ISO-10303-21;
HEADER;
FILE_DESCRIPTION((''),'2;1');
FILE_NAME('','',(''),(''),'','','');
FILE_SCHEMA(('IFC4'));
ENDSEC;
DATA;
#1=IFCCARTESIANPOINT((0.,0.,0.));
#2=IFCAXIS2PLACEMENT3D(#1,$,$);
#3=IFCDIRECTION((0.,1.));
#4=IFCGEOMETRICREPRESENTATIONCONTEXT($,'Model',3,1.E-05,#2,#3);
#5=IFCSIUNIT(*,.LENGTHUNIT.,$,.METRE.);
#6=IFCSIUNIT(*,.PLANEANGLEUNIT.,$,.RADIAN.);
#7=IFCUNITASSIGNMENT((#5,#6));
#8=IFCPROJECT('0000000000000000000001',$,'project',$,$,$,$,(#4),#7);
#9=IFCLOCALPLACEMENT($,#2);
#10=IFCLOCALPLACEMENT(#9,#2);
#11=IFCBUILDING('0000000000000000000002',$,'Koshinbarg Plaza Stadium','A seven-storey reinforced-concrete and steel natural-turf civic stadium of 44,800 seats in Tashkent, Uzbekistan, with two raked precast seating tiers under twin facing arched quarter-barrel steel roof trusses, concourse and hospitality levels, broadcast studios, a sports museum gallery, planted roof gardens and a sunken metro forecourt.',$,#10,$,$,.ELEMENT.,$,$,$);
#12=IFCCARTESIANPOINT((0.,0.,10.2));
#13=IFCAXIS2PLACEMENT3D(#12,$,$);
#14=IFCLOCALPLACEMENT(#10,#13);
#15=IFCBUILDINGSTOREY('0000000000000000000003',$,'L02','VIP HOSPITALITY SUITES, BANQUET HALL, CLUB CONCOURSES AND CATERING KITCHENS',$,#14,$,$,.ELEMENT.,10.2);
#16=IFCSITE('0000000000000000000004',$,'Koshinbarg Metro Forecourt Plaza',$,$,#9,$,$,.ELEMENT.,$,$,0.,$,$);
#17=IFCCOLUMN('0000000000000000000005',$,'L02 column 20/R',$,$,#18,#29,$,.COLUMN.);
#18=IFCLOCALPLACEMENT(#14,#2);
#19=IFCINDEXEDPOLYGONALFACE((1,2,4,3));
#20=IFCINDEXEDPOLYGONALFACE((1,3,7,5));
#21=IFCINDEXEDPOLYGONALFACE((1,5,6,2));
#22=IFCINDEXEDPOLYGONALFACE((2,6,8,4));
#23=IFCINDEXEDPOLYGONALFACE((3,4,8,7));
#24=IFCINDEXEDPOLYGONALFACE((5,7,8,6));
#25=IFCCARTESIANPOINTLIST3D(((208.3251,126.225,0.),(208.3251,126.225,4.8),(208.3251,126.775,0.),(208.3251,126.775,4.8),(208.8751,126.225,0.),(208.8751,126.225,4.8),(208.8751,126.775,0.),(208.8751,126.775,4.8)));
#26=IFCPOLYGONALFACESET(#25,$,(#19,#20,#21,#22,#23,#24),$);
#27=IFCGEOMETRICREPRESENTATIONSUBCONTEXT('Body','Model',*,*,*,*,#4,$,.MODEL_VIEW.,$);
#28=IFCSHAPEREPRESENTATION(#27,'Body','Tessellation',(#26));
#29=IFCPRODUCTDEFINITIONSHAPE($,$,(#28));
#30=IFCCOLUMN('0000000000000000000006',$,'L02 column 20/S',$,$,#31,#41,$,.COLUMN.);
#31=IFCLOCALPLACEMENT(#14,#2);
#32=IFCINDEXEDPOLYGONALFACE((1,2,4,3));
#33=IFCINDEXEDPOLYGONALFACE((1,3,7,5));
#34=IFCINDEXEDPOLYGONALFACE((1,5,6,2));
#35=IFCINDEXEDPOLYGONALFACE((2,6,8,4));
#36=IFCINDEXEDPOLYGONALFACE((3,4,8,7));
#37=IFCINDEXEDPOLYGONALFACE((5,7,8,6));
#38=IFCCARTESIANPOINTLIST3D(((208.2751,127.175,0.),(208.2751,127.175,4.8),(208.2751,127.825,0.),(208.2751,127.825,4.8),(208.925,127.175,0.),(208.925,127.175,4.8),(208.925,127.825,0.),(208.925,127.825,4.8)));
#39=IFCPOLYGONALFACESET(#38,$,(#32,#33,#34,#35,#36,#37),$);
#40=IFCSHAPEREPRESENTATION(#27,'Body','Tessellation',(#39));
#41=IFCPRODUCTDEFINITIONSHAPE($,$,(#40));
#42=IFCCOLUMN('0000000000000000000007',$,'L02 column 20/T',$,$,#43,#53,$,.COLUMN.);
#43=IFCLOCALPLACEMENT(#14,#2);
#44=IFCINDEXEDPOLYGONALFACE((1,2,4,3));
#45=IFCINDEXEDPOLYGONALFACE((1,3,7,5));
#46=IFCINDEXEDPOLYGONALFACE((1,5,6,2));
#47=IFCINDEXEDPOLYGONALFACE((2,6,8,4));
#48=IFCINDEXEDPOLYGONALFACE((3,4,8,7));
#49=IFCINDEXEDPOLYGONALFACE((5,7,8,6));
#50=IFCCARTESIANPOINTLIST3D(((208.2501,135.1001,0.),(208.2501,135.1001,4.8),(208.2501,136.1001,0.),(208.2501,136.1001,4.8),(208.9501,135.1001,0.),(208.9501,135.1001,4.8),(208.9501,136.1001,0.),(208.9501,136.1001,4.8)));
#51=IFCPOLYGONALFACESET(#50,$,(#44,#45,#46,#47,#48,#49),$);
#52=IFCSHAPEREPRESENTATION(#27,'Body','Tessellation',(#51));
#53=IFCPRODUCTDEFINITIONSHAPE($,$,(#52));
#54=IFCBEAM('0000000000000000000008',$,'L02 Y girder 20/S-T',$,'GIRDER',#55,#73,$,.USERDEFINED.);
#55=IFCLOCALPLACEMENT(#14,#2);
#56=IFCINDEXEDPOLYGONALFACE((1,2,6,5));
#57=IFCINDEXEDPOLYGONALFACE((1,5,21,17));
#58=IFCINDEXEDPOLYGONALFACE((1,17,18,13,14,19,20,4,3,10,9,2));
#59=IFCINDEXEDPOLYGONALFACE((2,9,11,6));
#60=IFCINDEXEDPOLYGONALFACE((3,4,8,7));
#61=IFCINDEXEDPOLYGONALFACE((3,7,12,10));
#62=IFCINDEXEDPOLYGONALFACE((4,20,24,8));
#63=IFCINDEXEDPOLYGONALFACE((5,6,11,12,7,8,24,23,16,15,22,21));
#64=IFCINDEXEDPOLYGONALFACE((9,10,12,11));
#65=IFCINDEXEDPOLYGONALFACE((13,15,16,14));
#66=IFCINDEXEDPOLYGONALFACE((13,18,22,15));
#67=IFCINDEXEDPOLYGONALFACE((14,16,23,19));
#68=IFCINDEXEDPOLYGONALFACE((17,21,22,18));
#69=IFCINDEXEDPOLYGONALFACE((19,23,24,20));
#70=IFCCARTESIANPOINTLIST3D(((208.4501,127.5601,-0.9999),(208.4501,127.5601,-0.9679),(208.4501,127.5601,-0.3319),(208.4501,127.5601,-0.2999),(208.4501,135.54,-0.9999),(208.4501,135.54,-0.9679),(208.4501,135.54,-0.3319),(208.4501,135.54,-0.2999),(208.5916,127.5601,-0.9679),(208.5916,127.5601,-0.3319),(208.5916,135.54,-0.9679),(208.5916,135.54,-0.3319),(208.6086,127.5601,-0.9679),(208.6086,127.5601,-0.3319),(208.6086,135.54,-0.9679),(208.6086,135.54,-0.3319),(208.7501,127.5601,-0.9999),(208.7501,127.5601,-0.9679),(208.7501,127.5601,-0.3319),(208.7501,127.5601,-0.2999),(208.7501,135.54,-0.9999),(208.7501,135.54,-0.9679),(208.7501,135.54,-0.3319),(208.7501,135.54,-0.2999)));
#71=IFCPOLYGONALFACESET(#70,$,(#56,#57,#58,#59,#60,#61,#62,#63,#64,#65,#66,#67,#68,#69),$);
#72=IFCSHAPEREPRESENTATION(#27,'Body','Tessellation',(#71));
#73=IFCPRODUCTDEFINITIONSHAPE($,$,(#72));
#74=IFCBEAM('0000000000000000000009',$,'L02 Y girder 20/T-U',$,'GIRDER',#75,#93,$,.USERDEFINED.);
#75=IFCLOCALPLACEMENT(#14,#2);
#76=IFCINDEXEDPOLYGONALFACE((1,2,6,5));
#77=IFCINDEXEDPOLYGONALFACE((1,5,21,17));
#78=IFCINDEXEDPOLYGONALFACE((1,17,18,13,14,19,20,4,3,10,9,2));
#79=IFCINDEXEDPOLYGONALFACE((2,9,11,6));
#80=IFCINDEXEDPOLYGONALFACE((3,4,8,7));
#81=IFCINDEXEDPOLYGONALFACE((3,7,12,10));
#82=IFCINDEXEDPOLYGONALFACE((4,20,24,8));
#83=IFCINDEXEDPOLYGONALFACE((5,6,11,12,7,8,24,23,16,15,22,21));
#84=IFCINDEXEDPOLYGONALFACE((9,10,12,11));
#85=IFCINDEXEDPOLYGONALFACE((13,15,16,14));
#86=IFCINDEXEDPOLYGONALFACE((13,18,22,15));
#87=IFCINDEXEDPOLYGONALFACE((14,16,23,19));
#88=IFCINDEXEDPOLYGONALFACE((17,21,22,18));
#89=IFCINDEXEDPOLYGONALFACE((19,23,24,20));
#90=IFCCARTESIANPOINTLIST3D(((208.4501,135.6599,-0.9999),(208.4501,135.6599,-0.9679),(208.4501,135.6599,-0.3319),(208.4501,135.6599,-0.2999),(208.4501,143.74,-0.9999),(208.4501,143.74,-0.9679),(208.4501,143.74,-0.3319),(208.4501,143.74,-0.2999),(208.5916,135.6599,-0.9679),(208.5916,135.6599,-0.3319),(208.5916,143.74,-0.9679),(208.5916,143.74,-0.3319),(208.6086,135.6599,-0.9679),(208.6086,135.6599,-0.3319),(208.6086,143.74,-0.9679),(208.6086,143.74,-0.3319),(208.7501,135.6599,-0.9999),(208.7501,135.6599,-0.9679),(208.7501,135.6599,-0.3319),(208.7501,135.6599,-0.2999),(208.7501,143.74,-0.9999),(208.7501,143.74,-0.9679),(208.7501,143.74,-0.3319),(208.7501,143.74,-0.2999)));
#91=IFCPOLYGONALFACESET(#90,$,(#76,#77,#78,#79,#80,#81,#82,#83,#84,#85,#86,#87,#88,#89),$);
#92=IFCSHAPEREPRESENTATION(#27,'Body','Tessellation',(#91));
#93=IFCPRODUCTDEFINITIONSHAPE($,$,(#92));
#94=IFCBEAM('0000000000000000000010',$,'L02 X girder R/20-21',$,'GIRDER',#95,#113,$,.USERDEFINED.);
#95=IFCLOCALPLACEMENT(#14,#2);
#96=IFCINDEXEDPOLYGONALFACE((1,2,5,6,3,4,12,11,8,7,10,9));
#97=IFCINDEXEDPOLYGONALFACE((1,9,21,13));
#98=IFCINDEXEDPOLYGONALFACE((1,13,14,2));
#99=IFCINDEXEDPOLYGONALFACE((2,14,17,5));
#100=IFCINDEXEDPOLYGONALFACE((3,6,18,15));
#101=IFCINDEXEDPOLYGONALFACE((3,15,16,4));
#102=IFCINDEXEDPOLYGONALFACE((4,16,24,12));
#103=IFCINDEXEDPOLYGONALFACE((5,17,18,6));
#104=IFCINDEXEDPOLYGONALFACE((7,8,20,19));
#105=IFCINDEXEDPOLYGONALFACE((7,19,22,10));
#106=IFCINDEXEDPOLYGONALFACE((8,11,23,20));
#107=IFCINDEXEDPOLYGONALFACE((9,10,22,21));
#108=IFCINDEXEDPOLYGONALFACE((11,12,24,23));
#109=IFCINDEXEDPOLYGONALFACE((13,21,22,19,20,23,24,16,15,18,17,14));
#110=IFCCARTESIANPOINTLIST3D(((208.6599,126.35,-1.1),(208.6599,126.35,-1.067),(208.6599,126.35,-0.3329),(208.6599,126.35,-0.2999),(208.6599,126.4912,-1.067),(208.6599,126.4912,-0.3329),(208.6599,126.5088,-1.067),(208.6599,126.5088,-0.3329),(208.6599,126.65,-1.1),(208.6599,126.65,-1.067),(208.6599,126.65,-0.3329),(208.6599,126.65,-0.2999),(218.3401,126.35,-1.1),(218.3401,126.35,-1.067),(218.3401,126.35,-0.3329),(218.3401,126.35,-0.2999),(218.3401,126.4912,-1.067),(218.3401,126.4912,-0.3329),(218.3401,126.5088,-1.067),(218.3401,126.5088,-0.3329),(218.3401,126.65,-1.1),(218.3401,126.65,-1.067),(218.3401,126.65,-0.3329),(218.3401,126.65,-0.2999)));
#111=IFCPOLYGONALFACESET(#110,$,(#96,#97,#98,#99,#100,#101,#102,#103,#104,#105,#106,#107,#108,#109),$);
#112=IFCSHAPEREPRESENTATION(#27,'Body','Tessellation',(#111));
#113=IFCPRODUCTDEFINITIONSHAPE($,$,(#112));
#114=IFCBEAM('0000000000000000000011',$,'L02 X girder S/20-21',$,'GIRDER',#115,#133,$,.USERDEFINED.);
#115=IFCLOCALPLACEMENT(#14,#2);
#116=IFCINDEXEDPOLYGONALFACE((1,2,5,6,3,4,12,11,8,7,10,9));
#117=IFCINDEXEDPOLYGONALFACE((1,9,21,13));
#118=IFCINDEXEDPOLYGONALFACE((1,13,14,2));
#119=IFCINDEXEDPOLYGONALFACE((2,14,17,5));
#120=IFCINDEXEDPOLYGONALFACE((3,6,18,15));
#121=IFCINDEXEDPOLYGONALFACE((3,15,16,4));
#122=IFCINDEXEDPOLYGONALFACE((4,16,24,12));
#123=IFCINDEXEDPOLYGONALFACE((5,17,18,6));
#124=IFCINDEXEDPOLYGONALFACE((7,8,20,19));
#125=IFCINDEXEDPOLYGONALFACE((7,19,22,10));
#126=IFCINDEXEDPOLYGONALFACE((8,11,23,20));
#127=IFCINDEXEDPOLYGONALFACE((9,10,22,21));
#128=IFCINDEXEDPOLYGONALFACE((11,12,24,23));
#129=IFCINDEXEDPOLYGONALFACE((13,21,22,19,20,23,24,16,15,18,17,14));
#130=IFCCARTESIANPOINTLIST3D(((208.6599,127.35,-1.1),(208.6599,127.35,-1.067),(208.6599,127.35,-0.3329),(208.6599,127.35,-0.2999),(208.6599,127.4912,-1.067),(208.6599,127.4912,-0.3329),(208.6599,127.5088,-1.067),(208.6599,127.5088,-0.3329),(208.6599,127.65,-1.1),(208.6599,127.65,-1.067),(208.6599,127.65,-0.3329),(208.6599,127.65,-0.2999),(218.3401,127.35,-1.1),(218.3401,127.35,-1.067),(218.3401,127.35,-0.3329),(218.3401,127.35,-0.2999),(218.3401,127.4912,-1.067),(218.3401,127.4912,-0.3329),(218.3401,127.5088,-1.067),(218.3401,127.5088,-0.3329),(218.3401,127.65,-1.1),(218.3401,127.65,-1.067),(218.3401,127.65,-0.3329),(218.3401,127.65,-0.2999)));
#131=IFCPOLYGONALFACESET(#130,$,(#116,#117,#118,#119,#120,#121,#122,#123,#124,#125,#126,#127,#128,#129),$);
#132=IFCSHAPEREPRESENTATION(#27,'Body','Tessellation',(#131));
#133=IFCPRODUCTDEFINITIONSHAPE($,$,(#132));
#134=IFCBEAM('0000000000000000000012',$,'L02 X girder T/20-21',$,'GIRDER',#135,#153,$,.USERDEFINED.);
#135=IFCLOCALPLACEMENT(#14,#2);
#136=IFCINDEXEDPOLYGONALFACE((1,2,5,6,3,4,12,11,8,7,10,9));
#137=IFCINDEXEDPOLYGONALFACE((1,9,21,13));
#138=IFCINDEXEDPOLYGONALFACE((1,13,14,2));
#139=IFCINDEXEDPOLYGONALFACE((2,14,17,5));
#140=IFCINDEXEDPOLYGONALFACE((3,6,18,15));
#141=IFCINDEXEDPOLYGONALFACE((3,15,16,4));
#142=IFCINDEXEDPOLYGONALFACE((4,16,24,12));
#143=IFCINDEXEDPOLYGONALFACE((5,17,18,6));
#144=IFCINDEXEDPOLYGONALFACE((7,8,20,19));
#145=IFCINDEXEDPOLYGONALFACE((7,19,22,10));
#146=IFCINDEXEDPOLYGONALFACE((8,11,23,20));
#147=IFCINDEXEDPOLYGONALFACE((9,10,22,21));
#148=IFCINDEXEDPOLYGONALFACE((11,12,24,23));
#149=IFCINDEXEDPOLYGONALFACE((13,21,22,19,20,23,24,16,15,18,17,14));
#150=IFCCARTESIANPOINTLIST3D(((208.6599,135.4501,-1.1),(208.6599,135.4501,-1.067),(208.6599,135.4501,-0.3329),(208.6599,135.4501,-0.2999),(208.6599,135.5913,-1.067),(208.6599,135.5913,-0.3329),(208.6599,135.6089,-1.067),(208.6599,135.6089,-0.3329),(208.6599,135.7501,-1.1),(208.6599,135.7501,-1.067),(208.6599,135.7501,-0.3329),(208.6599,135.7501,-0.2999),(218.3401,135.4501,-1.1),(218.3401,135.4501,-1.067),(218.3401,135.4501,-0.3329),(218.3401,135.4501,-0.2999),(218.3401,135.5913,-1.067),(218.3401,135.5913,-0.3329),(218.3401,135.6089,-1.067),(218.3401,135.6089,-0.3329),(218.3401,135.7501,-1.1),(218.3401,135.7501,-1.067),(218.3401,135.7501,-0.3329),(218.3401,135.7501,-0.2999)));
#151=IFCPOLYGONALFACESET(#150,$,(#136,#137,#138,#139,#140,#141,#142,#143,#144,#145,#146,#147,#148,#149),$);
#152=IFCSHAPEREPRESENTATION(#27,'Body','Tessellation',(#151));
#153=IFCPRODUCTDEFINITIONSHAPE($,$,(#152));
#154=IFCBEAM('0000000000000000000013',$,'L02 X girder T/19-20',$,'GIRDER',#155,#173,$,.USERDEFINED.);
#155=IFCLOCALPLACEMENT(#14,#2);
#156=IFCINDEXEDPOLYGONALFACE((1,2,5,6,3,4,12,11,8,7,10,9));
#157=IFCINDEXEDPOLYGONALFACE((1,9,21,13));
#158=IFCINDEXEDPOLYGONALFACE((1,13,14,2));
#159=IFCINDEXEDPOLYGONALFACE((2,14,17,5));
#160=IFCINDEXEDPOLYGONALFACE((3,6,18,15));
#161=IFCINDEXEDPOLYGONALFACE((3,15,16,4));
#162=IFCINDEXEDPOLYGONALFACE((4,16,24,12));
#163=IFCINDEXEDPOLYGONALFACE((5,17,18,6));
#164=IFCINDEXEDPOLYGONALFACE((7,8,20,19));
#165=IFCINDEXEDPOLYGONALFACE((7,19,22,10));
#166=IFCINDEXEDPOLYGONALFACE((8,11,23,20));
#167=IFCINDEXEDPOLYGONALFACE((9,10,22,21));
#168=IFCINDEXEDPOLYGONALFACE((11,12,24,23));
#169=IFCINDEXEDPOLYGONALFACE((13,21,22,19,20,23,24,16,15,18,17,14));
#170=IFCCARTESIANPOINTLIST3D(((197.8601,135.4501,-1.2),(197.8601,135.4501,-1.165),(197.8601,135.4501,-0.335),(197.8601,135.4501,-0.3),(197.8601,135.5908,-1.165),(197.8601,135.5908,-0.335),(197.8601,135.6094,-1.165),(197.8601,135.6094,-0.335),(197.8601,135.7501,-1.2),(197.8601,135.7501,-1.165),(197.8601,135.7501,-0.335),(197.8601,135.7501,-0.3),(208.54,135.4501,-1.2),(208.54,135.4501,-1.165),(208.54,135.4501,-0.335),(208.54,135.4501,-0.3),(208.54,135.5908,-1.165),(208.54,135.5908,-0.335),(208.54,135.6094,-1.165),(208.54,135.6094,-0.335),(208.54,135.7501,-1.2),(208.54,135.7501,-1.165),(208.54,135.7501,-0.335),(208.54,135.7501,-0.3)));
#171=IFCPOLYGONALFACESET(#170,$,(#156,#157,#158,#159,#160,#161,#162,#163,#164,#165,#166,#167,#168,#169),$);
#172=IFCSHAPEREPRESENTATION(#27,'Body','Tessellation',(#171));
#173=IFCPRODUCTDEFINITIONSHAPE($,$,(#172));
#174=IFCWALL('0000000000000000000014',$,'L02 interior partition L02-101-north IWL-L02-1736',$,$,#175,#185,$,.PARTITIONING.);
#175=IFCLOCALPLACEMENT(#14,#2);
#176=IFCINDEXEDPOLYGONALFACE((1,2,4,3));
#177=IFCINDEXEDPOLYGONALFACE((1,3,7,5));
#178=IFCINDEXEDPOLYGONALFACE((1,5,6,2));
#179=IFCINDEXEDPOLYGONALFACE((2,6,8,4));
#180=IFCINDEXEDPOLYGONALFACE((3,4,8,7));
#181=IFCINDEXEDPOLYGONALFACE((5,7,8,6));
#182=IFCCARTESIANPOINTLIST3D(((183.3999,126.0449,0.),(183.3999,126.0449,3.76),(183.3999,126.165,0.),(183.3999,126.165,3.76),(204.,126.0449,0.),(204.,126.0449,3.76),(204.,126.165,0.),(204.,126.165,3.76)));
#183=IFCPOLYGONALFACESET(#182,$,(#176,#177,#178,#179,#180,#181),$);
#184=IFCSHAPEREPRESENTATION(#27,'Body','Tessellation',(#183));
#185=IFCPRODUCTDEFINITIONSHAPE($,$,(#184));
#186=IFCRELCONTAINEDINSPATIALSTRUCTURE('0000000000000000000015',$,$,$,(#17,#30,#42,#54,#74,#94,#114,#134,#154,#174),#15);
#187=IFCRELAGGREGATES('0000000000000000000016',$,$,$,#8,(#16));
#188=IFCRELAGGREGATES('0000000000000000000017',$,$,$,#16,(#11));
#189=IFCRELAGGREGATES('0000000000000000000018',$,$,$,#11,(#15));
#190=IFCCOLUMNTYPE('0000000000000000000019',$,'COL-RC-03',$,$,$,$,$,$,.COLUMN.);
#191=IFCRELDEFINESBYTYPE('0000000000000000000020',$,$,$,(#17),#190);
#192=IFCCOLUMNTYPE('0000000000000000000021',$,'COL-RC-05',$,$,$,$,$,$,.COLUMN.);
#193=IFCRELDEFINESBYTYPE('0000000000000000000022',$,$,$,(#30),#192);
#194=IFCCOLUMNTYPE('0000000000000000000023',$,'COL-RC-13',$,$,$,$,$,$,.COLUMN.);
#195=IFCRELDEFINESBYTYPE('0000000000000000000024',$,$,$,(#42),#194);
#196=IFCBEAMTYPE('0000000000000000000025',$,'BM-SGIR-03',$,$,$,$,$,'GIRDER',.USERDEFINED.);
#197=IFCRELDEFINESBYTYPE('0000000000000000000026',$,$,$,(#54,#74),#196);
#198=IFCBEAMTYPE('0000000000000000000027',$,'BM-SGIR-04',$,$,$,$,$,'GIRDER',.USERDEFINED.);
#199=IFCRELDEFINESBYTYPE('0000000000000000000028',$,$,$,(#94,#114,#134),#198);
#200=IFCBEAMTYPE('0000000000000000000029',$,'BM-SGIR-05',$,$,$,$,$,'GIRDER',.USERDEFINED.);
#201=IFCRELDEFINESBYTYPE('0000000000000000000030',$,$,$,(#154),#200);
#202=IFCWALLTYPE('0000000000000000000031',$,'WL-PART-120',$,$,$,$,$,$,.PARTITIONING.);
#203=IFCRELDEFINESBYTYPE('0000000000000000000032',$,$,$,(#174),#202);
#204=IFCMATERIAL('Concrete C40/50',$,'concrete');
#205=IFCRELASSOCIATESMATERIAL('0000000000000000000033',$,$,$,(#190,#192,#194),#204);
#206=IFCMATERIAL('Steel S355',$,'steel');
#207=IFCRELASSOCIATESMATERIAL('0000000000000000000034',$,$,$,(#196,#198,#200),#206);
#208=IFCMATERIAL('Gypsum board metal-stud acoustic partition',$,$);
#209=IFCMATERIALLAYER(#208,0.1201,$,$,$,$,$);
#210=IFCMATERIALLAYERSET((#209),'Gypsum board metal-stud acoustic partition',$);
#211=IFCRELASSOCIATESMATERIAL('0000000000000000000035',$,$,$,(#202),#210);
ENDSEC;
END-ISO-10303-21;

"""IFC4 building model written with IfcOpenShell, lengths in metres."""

from ifc_helpers import new_model, si_unit, direction, frame, frame_2d, origin, origin_2d, place, context, subcontext, project, spatial, rectangle, i_section, extrude, material, layer, layer_set, material_profile, profile_set, type_object, element, save


model = new_model("IFC4")

# Units and contexts
model_context = context("Model", 3, precision=1e-05, world=origin(), true_north=direction((0.0, 1.0)))
body_context = subcontext(model_context, "Body", "Model", "MODEL_VIEW")
ifc_project = project(units=[si_unit("LENGTHUNIT", "METRE"), si_unit("PLANEANGLEUNIT", "RADIAN")], contexts=[model_context])

# Site, building, storey
site_placement = place(None, origin())
site = spatial("IfcSite", under=ifc_project, at=site_placement, Name="Koshinbarg Metro Forecourt Plaza", CompositionType="ELEMENT", RefElevation=0.0)
building_placement = place(site_placement, origin())
building = spatial("IfcBuilding", under=site, at=building_placement, Name="Koshinbarg Plaza Stadium", Description="A seven-storey reinforced-concrete and steel natural-turf civic stadium of 44,800 seats in Tashkent, Uzbekistan, with two raked precast seating tiers under twin facing arched quarter-barrel steel roof trusses, concourse and hospitality levels, broadcast studios, a sports museum gallery, planted roof gardens and a sunken metro forecourt.", CompositionType="ELEMENT")
storey_placement = place(building_placement, frame((0.0, 0.0, 10.2)))
storey = spatial("IfcBuildingStorey", under=building, at=storey_placement, Name="L02", Description="VIP HOSPITALITY SUITES, BANQUET HALL, CLUB CONCOURSES AND CATERING KITCHENS", CompositionType="ELEMENT", Elevation=10.2)

# Columns
ifc_material_1 = material(Name="Concrete C40/50", Category="concrete")
ifc_material_profile_1 = material_profile(ifc_material_1, rectangle(XDim=0.55, YDim=0.55, at=origin_2d()), Name="RC 550x550")
ifc_profile_set_1 = profile_set([ifc_material_profile_1], Name="Concrete C40/50")
column_type_1 = type_object("IfcColumnType", Name="COL-RC-03", PredefinedType="COLUMN", material=ifc_profile_set_1)
column_1_placement = place(storey_placement, frame((208.6001, 126.5, 0.0), z_axis=(0.0, 0.0, 1.0), x_axis=(1.0, 0.0, 0.0)))
element("IfcColumn", 1, at=column_1_placement, inside=storey, type_object=column_type_1, Name="L02 column 20/R", PredefinedType="COLUMN", context=body_context, shape_type="SweptSolid", body=[
    extrude(rectangle(XDim=0.55, YDim=0.55, at=origin_2d()), origin(), (0.0, 0.0, 1.0), 4.8),
])
ifc_material_profile_2 = material_profile(ifc_material_1, rectangle(XDim=0.6499, YDim=0.6499, at=origin_2d()), Name="RC 650x650")
ifc_profile_set_2 = profile_set([ifc_material_profile_2], Name="Concrete C40/50")
column_type_2 = type_object("IfcColumnType", Name="COL-RC-05", PredefinedType="COLUMN", material=ifc_profile_set_2)
column_2_placement = place(storey_placement, frame((208.6001, 127.5, 0.0), z_axis=(0.0, 0.0, 1.0), x_axis=(1.0, 0.0, 0.0)))
element("IfcColumn", 2, at=column_2_placement, inside=storey, type_object=column_type_2, Name="L02 column 20/S", PredefinedType="COLUMN", context=body_context, shape_type="SweptSolid", body=[
    extrude(rectangle(XDim=0.6499, YDim=0.6499, at=origin_2d()), origin(), (0.0, 0.0, 1.0), 4.8),
])
ifc_material_profile_3 = material_profile(ifc_material_1, rectangle(XDim=0.7, YDim=1.0, at=origin_2d()), Name="RC 700x1000")
ifc_profile_set_3 = profile_set([ifc_material_profile_3], Name="Concrete C40/50")
column_type_3 = type_object("IfcColumnType", Name="COL-RC-13", PredefinedType="COLUMN", material=ifc_profile_set_3)
column_3_placement = place(storey_placement, frame((208.6001, 135.6001, 0.0), z_axis=(0.0, 0.0, 1.0), x_axis=(1.0, 0.0, 0.0)))
element("IfcColumn", 3, at=column_3_placement, inside=storey, type_object=column_type_3, Name="L02 column 20/T", PredefinedType="COLUMN", context=body_context, shape_type="SweptSolid", body=[
    extrude(rectangle(XDim=0.7, YDim=1.0, at=origin_2d()), origin(), (0.0, 0.0, 1.0), 4.8),
])

# Beams
ifc_material_2 = material(Name="Steel S355", Category="steel")
ifc_material_profile_4 = material_profile(ifc_material_2, i_section(OverallWidth=0.3, OverallDepth=0.7, WebThickness=0.0171, FlangeThickness=0.032, at=origin_2d()), Name="HEB 700")
ifc_profile_set_4 = profile_set([ifc_material_profile_4], Name="Steel S355")
beam_type_1 = type_object("IfcBeamType", Name="BM-SGIR-03", ElementType="GIRDER", PredefinedType="USERDEFINED", material=ifc_profile_set_4)
beam_1_placement = place(storey_placement, frame((208.6001, 127.5601, -0.6499), z_axis=(0.0, 1.0, 0.0), x_axis=(-1.0, 0.0, 0.0)))
element("IfcBeam", 4, at=beam_1_placement, inside=storey, type_object=beam_type_1, Name="L02 Y girder 20/S-T", ObjectType="GIRDER", PredefinedType="USERDEFINED", context=body_context, shape_type="SweptSolid", body=[
    extrude(i_section(OverallWidth=0.3, OverallDepth=0.7, WebThickness=0.0171, FlangeThickness=0.032, at=origin_2d()), origin(), (0.0, 0.0, 1.0), 7.98),
])
beam_2_placement = place(storey_placement, frame((208.6001, 135.6599, -0.6499), z_axis=(0.0, 1.0, 0.0), x_axis=(-1.0, 0.0, 0.0)))
element("IfcBeam", 5, at=beam_2_placement, inside=storey, type_object=beam_type_1, Name="L02 Y girder 20/T-U", ObjectType="GIRDER", PredefinedType="USERDEFINED", context=body_context, shape_type="SweptSolid", body=[
    extrude(i_section(OverallWidth=0.3, OverallDepth=0.7, WebThickness=0.0171, FlangeThickness=0.032, at=origin_2d()), origin(), (0.0, 0.0, 1.0), 8.0801),
])
ifc_material_profile_5 = material_profile(ifc_material_2, i_section(OverallWidth=0.3, OverallDepth=0.8, WebThickness=0.0176, FlangeThickness=0.033, at=origin_2d()), Name="HEB 800")
ifc_profile_set_5 = profile_set([ifc_material_profile_5], Name="Steel S355")
beam_type_2 = type_object("IfcBeamType", Name="BM-SGIR-04", ElementType="GIRDER", PredefinedType="USERDEFINED", material=ifc_profile_set_5)
for number, where, z_axis, x_axis, name in (
    (6, (208.6599, 126.5, -0.7), (1.0, 0.0, 0.0), (0.0, 1.0, 0.0), "L02 X girder R/20-21"),
    (7, (208.6599, 127.5, -0.7), (1.0, 0.0, 0.0), (0.0, 1.0, 0.0), "L02 X girder S/20-21"),
    (8, (208.6599, 135.6001, -0.7), (1.0, 0.0, 0.0), (0.0, 1.0, 0.0), "L02 X girder T/20-21"),
):
    element("IfcBeam", number, at=place(storey_placement, frame(where, z_axis=z_axis, x_axis=x_axis)), inside=storey, type_object=beam_type_2, Name=name, ObjectType="GIRDER", PredefinedType="USERDEFINED", context=body_context, shape_type="SweptSolid", body=[
        extrude(i_section(OverallWidth=0.3, OverallDepth=0.8, WebThickness=0.0176, FlangeThickness=0.033, at=origin_2d()), origin(), (0.0, 0.0, 1.0), 9.6802),
    ])
ifc_material_profile_6 = material_profile(ifc_material_2, i_section(OverallWidth=0.3, OverallDepth=0.8999, WebThickness=0.0186, FlangeThickness=0.0349, at=origin_2d()), Name="HEB 900")
ifc_profile_set_6 = profile_set([ifc_material_profile_6], Name="Steel S355")
beam_type_3 = type_object("IfcBeamType", Name="BM-SGIR-05", ElementType="GIRDER", PredefinedType="USERDEFINED", material=ifc_profile_set_6)
beam_3_placement = place(storey_placement, frame((197.8601, 135.6001, -0.75), z_axis=(1.0, 0.0, 0.0), x_axis=(0.0, 1.0, 0.0)))
element("IfcBeam", 9, at=beam_3_placement, inside=storey, type_object=beam_type_3, Name="L02 X girder T/19-20", ObjectType="GIRDER", PredefinedType="USERDEFINED", context=body_context, shape_type="SweptSolid", body=[
    extrude(i_section(OverallWidth=0.3, OverallDepth=0.8999, WebThickness=0.0186, FlangeThickness=0.0349, at=origin_2d()), origin(), (0.0, 0.0, 1.0), 10.6799),
])

# Wall
ifc_material_3 = material(Name="Gypsum board metal-stud acoustic partition")
ifc_layer = layer(ifc_material_3, 0.1201)
ifc_layer_set = layer_set([ifc_layer], Name="Gypsum board metal-stud acoustic partition")
wall_type = type_object("IfcWallType", Name="WL-PART-120", PredefinedType="PARTITIONING", material=ifc_layer_set)
wall_1_placement = place(storey_placement, frame((204.0, 126.105, 0.0), z_axis=(0.0, 0.0, 1.0), x_axis=(-1.0, 0.0, 0.0)))
element("IfcWall", 10, at=wall_1_placement, inside=storey, type_object=wall_type, Name="L02 interior partition L02-101-north IWL-L02-1736", PredefinedType="PARTITIONING", context=body_context, shape_type="SweptSolid", body=[
    extrude(rectangle(XDim=20.6001, YDim=0.1201, at=frame_2d((10.3, 0.0))), origin(), (0.0, 0.0, 1.0), 3.76),
])

save(model, "model.ifc")
